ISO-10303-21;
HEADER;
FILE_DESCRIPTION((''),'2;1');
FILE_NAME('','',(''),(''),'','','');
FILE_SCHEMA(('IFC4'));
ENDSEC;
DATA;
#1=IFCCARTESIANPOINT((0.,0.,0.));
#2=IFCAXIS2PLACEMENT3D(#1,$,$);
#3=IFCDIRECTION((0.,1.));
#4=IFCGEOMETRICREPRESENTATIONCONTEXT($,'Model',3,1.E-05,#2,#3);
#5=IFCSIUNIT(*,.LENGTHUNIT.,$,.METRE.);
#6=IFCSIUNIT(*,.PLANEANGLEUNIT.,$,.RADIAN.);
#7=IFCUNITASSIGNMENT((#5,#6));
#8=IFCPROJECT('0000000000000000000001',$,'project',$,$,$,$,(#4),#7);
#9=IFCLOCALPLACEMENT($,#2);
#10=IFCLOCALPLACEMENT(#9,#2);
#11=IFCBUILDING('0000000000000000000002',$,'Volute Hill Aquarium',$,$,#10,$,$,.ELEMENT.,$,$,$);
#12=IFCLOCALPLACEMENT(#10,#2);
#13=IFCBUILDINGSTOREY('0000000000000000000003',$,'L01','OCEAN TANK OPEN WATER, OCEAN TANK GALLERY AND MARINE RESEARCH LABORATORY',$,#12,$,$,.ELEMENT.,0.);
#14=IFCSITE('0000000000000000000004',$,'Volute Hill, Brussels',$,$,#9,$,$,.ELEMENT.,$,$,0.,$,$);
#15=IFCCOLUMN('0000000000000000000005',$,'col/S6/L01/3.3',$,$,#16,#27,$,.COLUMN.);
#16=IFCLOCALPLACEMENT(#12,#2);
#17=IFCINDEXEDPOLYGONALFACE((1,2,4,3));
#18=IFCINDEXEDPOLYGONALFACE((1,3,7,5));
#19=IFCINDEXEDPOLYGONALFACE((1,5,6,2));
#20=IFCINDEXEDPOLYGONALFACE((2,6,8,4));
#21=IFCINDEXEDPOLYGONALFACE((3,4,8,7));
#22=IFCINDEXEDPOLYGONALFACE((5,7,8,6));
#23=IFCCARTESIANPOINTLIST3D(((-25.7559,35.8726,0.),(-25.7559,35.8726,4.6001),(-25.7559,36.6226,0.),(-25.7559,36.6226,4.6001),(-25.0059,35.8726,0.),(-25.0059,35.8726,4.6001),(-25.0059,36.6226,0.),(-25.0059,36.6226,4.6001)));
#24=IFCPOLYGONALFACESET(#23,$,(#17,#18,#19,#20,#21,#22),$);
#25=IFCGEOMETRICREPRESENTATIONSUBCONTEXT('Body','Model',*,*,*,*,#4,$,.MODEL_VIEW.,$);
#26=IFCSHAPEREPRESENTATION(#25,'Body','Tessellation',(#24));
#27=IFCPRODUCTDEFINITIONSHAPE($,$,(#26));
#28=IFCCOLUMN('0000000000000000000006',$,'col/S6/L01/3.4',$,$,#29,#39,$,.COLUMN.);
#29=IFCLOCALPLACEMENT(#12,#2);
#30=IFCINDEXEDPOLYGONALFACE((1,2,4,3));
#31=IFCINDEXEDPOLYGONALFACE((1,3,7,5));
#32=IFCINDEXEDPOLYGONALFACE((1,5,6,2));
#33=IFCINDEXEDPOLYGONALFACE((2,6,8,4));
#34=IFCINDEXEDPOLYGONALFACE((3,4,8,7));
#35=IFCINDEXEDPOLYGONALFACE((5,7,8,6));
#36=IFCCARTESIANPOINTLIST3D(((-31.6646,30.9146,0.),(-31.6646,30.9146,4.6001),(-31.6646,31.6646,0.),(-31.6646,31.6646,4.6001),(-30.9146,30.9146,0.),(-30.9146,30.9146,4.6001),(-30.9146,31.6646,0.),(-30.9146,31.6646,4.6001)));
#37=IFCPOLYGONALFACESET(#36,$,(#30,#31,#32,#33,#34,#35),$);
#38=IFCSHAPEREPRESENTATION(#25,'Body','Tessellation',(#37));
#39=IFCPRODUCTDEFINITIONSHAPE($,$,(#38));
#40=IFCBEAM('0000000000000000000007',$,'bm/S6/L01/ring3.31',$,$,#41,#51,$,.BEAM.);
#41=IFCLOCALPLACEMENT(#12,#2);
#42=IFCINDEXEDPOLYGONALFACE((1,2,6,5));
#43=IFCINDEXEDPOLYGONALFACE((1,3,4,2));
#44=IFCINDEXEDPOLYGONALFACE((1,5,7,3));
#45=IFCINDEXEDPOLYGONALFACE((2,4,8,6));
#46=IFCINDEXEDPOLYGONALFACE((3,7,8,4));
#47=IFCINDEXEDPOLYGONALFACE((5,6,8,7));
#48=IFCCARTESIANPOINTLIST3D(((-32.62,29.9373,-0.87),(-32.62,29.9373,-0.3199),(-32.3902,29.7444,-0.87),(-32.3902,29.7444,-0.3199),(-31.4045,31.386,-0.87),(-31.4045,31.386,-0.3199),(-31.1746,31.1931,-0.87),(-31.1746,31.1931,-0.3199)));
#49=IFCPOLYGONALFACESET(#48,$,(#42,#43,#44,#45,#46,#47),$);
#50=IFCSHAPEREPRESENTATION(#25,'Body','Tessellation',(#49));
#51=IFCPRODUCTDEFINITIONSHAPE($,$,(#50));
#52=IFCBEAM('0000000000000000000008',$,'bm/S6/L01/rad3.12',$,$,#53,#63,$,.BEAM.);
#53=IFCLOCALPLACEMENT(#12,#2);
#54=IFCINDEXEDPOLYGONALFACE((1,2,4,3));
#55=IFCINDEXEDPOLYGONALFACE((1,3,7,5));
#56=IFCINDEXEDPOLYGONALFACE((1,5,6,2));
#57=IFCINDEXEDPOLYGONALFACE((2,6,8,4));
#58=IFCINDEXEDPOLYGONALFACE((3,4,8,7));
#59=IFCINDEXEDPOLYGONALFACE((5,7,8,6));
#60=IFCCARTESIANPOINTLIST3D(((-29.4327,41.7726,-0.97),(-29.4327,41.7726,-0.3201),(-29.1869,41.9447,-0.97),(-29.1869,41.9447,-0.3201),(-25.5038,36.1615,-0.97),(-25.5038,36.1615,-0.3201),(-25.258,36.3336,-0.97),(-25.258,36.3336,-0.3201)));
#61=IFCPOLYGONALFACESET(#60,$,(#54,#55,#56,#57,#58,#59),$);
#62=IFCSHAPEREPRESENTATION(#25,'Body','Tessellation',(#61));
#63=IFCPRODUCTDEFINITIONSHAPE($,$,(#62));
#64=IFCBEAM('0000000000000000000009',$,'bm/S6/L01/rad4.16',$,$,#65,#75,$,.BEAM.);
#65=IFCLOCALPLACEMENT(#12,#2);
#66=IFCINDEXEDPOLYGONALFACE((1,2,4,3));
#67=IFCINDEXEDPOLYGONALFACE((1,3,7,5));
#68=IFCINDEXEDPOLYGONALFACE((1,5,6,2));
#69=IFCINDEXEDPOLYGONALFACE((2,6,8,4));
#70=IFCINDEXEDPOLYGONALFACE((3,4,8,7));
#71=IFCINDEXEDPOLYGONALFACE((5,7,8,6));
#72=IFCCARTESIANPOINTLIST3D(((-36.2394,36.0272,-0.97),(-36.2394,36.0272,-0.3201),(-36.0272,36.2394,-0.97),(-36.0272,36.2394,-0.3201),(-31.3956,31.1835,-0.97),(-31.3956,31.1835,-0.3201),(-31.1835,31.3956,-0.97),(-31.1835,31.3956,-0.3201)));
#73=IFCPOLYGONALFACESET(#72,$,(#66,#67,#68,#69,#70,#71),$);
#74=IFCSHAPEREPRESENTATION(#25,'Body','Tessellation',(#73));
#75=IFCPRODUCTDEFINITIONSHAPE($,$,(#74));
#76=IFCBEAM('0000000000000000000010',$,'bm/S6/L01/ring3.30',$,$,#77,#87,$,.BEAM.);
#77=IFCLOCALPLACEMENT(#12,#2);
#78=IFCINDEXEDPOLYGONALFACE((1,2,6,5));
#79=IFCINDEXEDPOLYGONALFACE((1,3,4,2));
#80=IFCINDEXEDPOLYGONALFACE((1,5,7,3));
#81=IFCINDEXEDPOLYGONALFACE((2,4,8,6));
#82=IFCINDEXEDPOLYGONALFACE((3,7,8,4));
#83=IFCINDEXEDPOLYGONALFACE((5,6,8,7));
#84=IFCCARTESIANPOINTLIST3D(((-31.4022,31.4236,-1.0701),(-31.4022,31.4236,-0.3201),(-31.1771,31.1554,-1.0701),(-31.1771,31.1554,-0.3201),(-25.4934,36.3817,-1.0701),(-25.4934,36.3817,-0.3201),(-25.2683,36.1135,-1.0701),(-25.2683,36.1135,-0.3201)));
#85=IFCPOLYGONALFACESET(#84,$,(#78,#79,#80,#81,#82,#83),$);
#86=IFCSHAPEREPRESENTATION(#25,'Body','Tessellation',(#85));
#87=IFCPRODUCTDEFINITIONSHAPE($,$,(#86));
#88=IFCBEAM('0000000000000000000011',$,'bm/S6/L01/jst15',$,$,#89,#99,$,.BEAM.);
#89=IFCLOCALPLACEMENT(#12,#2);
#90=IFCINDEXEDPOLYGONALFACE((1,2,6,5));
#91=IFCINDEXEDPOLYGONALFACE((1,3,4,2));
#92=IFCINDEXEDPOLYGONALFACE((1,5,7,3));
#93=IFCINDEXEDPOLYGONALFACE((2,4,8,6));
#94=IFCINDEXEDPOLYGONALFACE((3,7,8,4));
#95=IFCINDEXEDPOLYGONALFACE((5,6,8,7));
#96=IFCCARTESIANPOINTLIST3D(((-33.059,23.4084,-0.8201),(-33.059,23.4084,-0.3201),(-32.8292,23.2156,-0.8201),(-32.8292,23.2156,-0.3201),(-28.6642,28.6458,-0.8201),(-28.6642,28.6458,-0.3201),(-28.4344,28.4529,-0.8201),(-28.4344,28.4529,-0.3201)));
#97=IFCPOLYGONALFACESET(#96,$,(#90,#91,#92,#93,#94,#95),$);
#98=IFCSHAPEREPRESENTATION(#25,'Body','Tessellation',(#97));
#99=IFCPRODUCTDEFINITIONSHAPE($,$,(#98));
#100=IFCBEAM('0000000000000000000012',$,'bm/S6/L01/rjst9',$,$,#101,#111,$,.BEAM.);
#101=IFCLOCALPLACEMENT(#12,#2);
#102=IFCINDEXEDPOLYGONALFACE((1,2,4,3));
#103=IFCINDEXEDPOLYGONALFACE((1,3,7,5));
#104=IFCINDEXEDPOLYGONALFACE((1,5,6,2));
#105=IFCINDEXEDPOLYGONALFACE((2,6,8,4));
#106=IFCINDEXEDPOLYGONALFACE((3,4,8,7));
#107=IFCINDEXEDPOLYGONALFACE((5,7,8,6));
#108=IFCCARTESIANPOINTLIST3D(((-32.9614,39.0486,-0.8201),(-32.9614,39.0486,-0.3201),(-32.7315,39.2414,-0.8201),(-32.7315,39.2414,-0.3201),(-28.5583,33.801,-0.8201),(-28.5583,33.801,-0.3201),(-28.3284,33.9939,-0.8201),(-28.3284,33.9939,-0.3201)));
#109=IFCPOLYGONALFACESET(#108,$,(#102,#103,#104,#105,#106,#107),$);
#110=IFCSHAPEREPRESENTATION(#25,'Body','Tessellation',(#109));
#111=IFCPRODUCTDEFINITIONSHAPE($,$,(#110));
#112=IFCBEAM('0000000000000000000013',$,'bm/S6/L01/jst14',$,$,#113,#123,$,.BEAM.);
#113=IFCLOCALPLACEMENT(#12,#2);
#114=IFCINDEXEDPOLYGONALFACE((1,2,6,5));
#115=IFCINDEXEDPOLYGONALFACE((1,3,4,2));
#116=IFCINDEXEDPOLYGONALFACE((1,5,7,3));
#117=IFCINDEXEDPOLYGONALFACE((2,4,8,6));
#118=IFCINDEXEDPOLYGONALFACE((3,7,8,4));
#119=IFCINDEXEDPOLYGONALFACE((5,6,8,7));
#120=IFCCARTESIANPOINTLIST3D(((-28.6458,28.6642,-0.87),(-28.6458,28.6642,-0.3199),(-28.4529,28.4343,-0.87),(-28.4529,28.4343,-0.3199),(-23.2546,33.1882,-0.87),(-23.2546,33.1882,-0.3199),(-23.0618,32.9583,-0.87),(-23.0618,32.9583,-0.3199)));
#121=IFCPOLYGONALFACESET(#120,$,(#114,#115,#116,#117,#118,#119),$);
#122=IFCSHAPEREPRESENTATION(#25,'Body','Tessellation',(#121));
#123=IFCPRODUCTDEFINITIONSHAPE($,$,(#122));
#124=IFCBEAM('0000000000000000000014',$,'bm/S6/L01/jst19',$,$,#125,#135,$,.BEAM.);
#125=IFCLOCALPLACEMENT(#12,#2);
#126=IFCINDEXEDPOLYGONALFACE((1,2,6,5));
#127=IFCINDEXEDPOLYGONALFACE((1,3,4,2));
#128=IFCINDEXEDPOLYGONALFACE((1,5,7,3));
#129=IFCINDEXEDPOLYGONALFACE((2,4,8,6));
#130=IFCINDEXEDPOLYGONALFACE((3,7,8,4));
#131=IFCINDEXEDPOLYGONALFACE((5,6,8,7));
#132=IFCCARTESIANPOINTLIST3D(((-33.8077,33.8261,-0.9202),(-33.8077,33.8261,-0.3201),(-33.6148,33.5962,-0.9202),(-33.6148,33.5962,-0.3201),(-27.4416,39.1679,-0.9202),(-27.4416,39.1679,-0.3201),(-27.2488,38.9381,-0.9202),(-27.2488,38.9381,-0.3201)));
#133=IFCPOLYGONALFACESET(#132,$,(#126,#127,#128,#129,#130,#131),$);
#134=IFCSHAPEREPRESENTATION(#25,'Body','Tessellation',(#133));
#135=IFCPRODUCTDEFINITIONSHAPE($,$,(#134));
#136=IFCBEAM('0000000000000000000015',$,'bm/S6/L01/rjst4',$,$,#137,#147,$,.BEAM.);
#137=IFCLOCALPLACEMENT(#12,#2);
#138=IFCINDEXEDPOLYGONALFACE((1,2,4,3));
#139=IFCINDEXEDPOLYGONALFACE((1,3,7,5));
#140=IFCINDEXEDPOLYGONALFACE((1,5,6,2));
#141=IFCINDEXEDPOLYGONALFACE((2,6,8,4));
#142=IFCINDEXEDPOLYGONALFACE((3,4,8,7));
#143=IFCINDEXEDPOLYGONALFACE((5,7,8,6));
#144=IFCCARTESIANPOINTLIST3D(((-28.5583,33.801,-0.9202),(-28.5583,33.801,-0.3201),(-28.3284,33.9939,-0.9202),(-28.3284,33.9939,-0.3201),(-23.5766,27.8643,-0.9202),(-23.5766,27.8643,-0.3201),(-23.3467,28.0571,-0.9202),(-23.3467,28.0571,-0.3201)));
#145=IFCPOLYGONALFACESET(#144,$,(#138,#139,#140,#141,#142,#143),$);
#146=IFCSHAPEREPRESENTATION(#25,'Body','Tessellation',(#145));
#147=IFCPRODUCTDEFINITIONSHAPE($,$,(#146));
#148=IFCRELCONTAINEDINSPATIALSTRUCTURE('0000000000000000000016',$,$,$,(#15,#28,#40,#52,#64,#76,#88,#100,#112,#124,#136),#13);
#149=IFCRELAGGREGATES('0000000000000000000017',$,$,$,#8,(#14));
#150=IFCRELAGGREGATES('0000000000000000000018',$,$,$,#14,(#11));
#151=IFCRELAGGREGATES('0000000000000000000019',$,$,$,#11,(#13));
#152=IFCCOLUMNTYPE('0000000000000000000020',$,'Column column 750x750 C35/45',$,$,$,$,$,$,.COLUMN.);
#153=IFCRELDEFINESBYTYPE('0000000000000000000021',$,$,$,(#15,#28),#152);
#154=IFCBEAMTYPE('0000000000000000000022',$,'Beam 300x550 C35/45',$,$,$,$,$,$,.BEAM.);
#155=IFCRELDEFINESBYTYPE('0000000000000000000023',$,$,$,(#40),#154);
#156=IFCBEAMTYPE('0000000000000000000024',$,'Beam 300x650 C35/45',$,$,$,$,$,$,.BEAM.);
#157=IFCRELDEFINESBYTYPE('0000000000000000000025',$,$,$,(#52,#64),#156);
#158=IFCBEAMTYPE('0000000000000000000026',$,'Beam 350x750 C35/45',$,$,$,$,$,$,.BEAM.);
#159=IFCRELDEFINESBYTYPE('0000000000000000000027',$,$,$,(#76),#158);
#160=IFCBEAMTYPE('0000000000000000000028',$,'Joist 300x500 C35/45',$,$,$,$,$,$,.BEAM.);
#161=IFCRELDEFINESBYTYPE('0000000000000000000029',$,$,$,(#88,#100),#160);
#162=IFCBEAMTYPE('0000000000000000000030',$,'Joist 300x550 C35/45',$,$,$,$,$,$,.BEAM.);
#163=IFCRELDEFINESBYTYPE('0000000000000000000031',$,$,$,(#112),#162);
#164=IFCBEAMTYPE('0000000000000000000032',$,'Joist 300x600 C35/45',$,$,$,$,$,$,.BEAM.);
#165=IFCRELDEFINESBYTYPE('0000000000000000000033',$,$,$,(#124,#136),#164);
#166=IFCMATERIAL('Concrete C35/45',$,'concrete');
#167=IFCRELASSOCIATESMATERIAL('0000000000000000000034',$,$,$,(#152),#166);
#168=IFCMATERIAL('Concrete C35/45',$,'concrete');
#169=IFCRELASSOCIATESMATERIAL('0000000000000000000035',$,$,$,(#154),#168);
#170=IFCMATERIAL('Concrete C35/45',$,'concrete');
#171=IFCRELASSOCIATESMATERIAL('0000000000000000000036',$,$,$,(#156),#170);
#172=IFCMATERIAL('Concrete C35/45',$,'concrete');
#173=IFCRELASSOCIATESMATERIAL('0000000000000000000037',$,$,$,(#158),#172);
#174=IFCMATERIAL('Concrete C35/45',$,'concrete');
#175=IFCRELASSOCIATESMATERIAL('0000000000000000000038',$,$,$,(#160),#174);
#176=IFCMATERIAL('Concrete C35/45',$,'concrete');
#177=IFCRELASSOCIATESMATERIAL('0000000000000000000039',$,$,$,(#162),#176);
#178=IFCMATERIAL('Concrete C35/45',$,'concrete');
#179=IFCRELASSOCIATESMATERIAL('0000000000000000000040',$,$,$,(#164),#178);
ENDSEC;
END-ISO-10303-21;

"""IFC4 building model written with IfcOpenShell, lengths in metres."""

from ifc_helpers import new_model, si_unit, direction, frame, origin, origin_2d, place, context, subcontext, project, spatial, rectangle, extrude, material, material_profile, profile_set, type_object, element, save


model = new_model("IFC4")

# Units and contexts
model_context = context("Model", 3, precision=1e-05, world=origin(), true_north=direction((0.0, 1.0)))
body_context = subcontext(model_context, "Body", "Model", "MODEL_VIEW")
ifc_project = project(units=[si_unit("LENGTHUNIT", "METRE"), si_unit("PLANEANGLEUNIT", "RADIAN")], contexts=[model_context])

# Site, building, storey
site_placement = place(None, origin())
site = spatial("IfcSite", under=ifc_project, at=site_placement, Name="Volute Hill, Brussels", CompositionType="ELEMENT", RefElevation=0.0)
building_placement = place(site_placement, origin())
building = spatial("IfcBuilding", under=site, at=building_placement, Name="Volute Hill Aquarium", CompositionType="ELEMENT")
storey_placement = place(building_placement, origin())
storey = spatial("IfcBuildingStorey", under=building, at=storey_placement, Name="L01", Description="OCEAN TANK OPEN WATER, OCEAN TANK GALLERY AND MARINE RESEARCH LABORATORY", CompositionType="ELEMENT", Elevation=0.0)

# Columns
ifc_material_1 = material(Name="Concrete C35/45", Category="concrete")
ifc_material_profile_1 = material_profile(ifc_material_1, rectangle(XDim=0.75, YDim=0.75, at=origin_2d()), Name="RC column 750x750")
ifc_profile_set_1 = profile_set([ifc_material_profile_1], Name="Concrete C35/45")
column_type = type_object("IfcColumnType", Name="Column column 750x750 C35/45", PredefinedType="COLUMN", material=ifc_profile_set_1)
for number, where, z_axis, x_axis, name in (
    (1, (-25.3809, 36.2476, 0.0), (0.0, 0.0, 1.0), (1.0, 0.0, 0.0), "col/S6/L01/3.3"),
    (2, (-31.2896, 31.2896, 0.0), (0.0, 0.0, 1.0), (1.0, 0.0, 0.0), "col/S6/L01/3.4"),
):
    element("IfcColumn", number, at=place(storey_placement, frame(where, z_axis=z_axis, x_axis=x_axis)), inside=storey, type_object=column_type, Name=name, PredefinedType="COLUMN", context=body_context, shape_type="SweptSolid", body=[
        extrude(rectangle(XDim=0.75, YDim=0.75, at=origin_2d()), origin(), (0.0, 0.0, 1.0), 4.6001),
    ])

# Beams
ifc_material_2 = material(Name="Concrete C35/45", Category="concrete")
ifc_material_profile_2 = material_profile(ifc_material_2, rectangle(XDim=0.3, YDim=0.55, at=origin_2d()), Name="RC beam 300x550")
ifc_profile_set_2 = profile_set([ifc_material_profile_2], Name="Concrete C35/45")
beam_type_1 = type_object("IfcBeamType", Name="Beam 300x550 C35/45", PredefinedType="BEAM", material=ifc_profile_set_2)
beam_1_placement = place(storey_placement, frame((-31.2896, 31.2896, -0.595), z_axis=(-0.642771, -0.766058, 0.0), x_axis=(0.766058, -0.642771, 0.0)))
element("IfcBeam", 3, at=beam_1_placement, inside=storey, type_object=beam_type_1, Name="bm/S6/L01/ring3.31", PredefinedType="BEAM", context=body_context, shape_type="SweptSolid", body=[
    extrude(rectangle(XDim=0.3, YDim=0.55, at=origin_2d()), origin(), (0.0, 0.0, 1.0), 1.8911),
])
ifc_material_3 = material(Name="Concrete C35/45", Category="concrete")
ifc_material_profile_3 = material_profile(ifc_material_3, rectangle(XDim=0.3, YDim=0.6499, at=origin_2d()), Name="RC beam 300x650")
ifc_profile_set_3 = profile_set([ifc_material_profile_3], Name="Concrete C35/45")
beam_type_2 = type_object("IfcBeamType", Name="Beam 300x650 C35/45", PredefinedType="BEAM", material=ifc_profile_set_3)
beam_2_placement = place(storey_placement, frame((-25.3809, 36.2476, -0.645), z_axis=(-0.57358, 0.81915, 0.0), x_axis=(-0.81915, -0.57358, 0.0)))
element("IfcBeam", 4, at=beam_2_placement, inside=storey, type_object=beam_type_2, Name="bm/S6/L01/rad3.12", PredefinedType="BEAM", context=body_context, shape_type="SweptSolid", body=[
    extrude(rectangle(XDim=0.3, YDim=0.6499, at=origin_2d()), origin(), (0.0, 0.0, 1.0), 6.8499),
])
beam_3_placement = place(storey_placement, frame((-31.2896, 31.2896, -0.645), z_axis=(-0.707107, 0.707107, 0.0), x_axis=(-0.707107, -0.707107, 0.0)))
element("IfcBeam", 5, at=beam_3_placement, inside=storey, type_object=beam_type_2, Name="bm/S6/L01/rad4.16", PredefinedType="BEAM", context=body_context, shape_type="SweptSolid", body=[
    extrude(rectangle(XDim=0.3, YDim=0.6499, at=origin_2d()), origin(), (0.0, 0.0, 1.0), 6.8501),
])
ifc_material_4 = material(Name="Concrete C35/45", Category="concrete")
ifc_material_profile_4 = material_profile(ifc_material_4, rectangle(XDim=0.3501, YDim=0.75, at=origin_2d()), Name="RC beam 350x750")
ifc_profile_set_4 = profile_set([ifc_material_profile_4], Name="Concrete C35/45")
beam_type_3 = type_object("IfcBeamType", Name="Beam 350x750 C35/45", PredefinedType="BEAM", material=ifc_profile_set_4)
beam_4_placement = place(storey_placement, frame((-25.3809, 36.2476, -0.6951), z_axis=(-0.766043, -0.64279, 0.0), x_axis=(0.64279, -0.766043, 0.0)))
element("IfcBeam", 6, at=beam_4_placement, inside=storey, type_object=beam_type_3, Name="bm/S6/L01/ring3.30", PredefinedType="BEAM", context=body_context, shape_type="SweptSolid", body=[
    extrude(rectangle(XDim=0.3501, YDim=0.75, at=origin_2d()), origin(), (0.0, 0.0, 1.0), 7.7134),
])
ifc_material_5 = material(Name="Concrete C35/45", Category="concrete")
ifc_material_profile_5 = material_profile(ifc_material_5, rectangle(XDim=0.3, YDim=0.5, at=origin_2d()), Name="RC joist 300x500")
ifc_profile_set_5 = profile_set([ifc_material_profile_5], Name="Concrete C35/45")
beam_type_4 = type_object("IfcBeamType", Name="Joist 300x500 C35/45", PredefinedType="BEAM", material=ifc_profile_set_5)
beam_5_placement = place(storey_placement, frame((-28.5493, 28.5493, -0.5701), z_axis=(-0.642801, -0.766033, 0.0), x_axis=(0.766033, -0.642801, 0.0)))
element("IfcBeam", 7, at=beam_5_placement, inside=storey, type_object=beam_type_4, Name="bm/S6/L01/jst15", PredefinedType="BEAM", context=body_context, shape_type="SweptSolid", body=[
    extrude(rectangle(XDim=0.3, YDim=0.5, at=origin_2d()), origin(), (0.0, 0.0, 1.0), 6.8369),
])
beam_6_placement = place(storey_placement, frame((-28.4434, 33.8975, -0.5701), z_axis=(-0.642775, 0.766055, 0.0), x_axis=(-0.766055, -0.642775, 0.0)))
element("IfcBeam", 8, at=beam_6_placement, inside=storey, type_object=beam_type_4, Name="bm/S6/L01/rjst9", PredefinedType="BEAM", context=body_context, shape_type="SweptSolid", body=[
    extrude(rectangle(XDim=0.3, YDim=0.5, at=origin_2d()), origin(), (0.0, 0.0, 1.0), 6.8501),
])
ifc_material_6 = material(Name="Concrete C35/45", Category="concrete")
ifc_material_profile_6 = material_profile(ifc_material_6, rectangle(XDim=0.3, YDim=0.55, at=origin_2d()), Name="RC joist 300x550")
ifc_profile_set_6 = profile_set([ifc_material_profile_6], Name="Concrete C35/45")
beam_type_5 = type_object("IfcBeamType", Name="Joist 300x550 C35/45", PredefinedType="BEAM", material=ifc_profile_set_6)
beam_7_placement = place(storey_placement, frame((-23.1582, 33.0732, -0.595), z_axis=(-0.766027, -0.642808, 0.0), x_axis=(0.642808, -0.766027, 0.0)))
element("IfcBeam", 9, at=beam_7_placement, inside=storey, type_object=beam_type_5, Name="bm/S6/L01/jst14", PredefinedType="BEAM", context=body_context, shape_type="SweptSolid", body=[
    extrude(rectangle(XDim=0.3, YDim=0.55, at=origin_2d()), origin(), (0.0, 0.0, 1.0), 7.0378),
])
ifc_material_7 = material(Name="Concrete C35/45", Category="concrete")
ifc_material_profile_7 = material_profile(ifc_material_7, rectangle(XDim=0.3, YDim=0.6001, at=origin_2d()), Name="RC joist 300x600")
ifc_profile_set_7 = profile_set([ifc_material_profile_7], Name="Concrete C35/45")
beam_type_6 = type_object("IfcBeamType", Name="Joist 300x600 C35/45", PredefinedType="BEAM", material=ifc_profile_set_7)
beam_8_placement = place(storey_placement, frame((-27.3452, 39.053, -0.6201), z_axis=(-0.766038, -0.642796, 0.0), x_axis=(0.642796, -0.766038, 0.0)))
element("IfcBeam", 10, at=beam_8_placement, inside=storey, type_object=beam_type_6, Name="bm/S6/L01/jst19", PredefinedType="BEAM", context=body_context, shape_type="SweptSolid", body=[
    extrude(rectangle(XDim=0.3, YDim=0.6001, at=origin_2d()), origin(), (0.0, 0.0, 1.0), 8.3103),
])
beam_9_placement = place(storey_placement, frame((-23.4617, 27.9607, -0.6201), z_axis=(-0.642799, 0.766035, 0.0), x_axis=(-0.766035, -0.642799, 0.0)))
element("IfcBeam", 11, at=beam_9_placement, inside=storey, type_object=beam_type_6, Name="bm/S6/L01/rjst4", PredefinedType="BEAM", context=body_context, shape_type="SweptSolid", body=[
    extrude(rectangle(XDim=0.3, YDim=0.6001, at=origin_2d()), origin(), (0.0, 0.0, 1.0), 7.75),
])

save(model, "model.ifc")
